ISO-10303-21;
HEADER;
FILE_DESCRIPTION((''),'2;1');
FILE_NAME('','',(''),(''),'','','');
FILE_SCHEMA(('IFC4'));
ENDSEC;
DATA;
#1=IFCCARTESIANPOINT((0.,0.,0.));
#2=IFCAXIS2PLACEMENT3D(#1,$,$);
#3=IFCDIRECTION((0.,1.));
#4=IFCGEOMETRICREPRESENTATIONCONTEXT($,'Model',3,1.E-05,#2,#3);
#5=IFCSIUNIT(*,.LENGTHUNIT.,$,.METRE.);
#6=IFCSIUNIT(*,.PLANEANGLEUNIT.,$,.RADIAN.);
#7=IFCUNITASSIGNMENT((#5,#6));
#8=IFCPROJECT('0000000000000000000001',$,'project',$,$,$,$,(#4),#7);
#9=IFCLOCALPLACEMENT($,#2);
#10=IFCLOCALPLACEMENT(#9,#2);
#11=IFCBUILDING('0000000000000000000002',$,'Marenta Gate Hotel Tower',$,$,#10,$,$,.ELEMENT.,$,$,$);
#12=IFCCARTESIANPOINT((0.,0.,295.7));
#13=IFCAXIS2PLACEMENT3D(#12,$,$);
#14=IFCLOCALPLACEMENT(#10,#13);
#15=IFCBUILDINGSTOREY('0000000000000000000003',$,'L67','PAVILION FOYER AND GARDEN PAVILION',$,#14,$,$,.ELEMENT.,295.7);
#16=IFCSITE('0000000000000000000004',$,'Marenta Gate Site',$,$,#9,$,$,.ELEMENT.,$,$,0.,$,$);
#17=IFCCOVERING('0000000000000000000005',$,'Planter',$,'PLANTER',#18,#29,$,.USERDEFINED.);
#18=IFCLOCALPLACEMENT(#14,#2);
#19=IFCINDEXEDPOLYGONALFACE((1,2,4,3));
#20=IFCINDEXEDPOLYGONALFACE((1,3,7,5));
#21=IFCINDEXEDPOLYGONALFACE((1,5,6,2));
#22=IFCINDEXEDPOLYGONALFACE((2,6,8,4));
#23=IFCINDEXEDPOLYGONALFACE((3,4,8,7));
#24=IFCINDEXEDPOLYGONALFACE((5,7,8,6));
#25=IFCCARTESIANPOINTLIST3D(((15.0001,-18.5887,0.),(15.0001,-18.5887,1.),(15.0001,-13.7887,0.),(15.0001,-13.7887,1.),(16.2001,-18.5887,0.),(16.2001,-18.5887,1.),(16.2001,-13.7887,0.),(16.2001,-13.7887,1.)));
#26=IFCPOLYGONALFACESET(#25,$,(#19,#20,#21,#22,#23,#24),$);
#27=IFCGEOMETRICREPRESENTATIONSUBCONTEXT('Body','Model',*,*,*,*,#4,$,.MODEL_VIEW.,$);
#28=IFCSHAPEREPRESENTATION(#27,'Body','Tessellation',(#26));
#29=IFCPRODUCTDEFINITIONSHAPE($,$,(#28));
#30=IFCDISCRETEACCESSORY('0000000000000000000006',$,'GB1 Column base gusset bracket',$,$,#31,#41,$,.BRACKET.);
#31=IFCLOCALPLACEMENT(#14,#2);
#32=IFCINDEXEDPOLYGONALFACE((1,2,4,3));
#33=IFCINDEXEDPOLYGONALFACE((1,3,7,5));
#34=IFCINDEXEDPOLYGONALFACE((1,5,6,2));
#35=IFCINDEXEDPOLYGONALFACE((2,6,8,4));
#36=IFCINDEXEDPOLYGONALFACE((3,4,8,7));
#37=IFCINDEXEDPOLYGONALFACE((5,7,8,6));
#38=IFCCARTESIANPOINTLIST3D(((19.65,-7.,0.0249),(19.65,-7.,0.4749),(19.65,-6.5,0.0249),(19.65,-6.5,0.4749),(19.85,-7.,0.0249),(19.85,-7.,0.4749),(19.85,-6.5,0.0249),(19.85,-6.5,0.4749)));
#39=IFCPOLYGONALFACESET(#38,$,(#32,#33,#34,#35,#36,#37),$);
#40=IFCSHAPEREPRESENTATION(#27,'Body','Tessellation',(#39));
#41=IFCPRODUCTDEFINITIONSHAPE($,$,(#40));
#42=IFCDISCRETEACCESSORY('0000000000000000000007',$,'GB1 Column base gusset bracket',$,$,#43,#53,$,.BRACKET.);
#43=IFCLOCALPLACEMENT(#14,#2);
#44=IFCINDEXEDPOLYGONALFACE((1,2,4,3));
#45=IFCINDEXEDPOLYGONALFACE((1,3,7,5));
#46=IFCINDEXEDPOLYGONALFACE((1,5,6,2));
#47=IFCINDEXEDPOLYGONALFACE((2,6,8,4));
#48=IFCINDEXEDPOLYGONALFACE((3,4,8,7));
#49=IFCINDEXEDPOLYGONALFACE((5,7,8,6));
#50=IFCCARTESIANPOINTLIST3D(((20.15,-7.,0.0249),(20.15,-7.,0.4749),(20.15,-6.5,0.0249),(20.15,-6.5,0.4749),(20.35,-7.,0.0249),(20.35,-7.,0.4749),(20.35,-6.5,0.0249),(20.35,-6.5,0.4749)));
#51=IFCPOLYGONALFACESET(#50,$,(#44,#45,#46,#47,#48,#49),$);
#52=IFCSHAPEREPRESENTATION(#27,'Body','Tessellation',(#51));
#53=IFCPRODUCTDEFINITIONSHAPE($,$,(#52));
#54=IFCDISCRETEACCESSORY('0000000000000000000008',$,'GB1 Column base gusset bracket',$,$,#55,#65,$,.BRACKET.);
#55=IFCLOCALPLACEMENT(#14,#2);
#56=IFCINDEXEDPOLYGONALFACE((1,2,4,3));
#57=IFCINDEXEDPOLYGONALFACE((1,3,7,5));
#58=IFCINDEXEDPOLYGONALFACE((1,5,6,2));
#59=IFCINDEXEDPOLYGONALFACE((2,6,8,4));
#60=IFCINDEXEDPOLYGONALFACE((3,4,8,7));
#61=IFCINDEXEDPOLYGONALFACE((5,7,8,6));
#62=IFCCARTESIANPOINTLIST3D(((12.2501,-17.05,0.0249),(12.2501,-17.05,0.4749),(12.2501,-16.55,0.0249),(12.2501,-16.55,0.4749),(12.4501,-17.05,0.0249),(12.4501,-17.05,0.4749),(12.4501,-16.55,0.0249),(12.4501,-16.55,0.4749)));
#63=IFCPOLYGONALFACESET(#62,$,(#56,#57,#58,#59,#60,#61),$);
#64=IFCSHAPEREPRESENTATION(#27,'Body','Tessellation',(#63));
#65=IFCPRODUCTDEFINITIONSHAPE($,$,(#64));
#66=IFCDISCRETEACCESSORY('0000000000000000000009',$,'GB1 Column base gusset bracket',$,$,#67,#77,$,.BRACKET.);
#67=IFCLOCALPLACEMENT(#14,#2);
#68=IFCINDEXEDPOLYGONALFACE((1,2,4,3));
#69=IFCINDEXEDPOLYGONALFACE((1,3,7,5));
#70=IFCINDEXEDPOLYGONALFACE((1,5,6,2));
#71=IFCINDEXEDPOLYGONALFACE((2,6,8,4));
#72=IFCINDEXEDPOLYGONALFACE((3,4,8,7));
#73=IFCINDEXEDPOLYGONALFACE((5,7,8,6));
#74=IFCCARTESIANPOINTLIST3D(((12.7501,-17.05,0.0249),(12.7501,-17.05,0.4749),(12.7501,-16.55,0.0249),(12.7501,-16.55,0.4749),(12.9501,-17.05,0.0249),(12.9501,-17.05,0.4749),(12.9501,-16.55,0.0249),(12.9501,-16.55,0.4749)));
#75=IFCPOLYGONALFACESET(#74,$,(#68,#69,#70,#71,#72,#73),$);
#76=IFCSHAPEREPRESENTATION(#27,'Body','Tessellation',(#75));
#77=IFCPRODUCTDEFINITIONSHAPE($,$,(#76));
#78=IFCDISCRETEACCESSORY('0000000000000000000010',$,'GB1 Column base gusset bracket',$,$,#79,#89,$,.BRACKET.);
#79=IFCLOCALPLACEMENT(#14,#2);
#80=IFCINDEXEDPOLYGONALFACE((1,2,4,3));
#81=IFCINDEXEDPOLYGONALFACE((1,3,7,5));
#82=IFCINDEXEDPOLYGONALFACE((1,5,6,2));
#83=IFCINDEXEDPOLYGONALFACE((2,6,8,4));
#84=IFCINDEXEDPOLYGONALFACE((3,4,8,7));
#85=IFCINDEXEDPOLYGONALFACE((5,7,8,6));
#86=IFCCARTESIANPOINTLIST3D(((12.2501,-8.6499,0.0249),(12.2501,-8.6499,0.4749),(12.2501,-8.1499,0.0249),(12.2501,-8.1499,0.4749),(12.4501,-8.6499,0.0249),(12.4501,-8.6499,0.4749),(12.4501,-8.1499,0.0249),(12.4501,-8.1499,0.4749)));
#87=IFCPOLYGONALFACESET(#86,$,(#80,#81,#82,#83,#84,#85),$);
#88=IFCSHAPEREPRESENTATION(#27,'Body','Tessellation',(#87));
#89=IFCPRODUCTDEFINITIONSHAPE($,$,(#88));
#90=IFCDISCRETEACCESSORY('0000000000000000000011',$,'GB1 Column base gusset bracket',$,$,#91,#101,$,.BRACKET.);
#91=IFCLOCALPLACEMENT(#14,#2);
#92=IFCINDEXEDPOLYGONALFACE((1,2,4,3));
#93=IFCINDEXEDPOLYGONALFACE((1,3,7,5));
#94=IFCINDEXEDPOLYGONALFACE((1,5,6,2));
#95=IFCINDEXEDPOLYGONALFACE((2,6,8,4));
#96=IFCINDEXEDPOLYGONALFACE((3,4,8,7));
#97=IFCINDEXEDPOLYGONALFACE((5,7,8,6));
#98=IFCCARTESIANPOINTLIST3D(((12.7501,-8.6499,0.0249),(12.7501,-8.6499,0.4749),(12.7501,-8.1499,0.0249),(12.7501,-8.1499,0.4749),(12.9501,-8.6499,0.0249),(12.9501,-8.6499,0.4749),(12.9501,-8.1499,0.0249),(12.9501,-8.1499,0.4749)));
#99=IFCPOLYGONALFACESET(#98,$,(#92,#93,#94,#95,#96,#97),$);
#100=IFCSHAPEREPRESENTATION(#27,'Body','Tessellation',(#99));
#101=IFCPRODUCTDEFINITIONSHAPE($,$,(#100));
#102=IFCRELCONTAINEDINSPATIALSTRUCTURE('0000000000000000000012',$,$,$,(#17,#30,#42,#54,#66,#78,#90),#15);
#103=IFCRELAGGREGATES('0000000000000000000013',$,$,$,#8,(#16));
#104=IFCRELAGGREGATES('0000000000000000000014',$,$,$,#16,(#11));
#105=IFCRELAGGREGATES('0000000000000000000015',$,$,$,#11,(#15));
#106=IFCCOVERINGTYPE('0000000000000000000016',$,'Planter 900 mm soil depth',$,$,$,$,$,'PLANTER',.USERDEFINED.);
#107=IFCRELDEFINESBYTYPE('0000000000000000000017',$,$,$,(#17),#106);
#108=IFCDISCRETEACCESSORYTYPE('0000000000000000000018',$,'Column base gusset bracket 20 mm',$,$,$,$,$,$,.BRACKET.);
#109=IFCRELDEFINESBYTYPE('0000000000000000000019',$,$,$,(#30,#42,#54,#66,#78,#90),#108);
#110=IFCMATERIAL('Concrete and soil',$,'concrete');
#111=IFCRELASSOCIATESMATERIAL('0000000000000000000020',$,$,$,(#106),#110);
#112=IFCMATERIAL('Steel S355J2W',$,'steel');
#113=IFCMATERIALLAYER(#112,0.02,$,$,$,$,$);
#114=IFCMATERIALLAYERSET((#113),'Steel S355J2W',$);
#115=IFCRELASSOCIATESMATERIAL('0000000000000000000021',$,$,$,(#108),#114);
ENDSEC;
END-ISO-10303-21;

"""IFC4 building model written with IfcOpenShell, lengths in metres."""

from ifc_helpers import new_model, si_unit, direction, frame, origin, origin_2d, place, context, subcontext, project, spatial, rectangle, extrude, material, layer, layer_set, type_object, element, save


model = new_model("IFC4")

# Units and contexts
model_context = context("Model", 3, precision=1e-05, world=origin(), true_north=direction((0.0, 1.0)))
body_context = subcontext(model_context, "Body", "Model", "MODEL_VIEW")
ifc_project = project(units=[si_unit("LENGTHUNIT", "METRE"), si_unit("PLANEANGLEUNIT", "RADIAN")], contexts=[model_context])

# Site, building, storey
site_placement = place(None, origin())
site = spatial("IfcSite", under=ifc_project, at=site_placement, Name="Marenta Gate Site", CompositionType="ELEMENT", RefElevation=0.0)
building_placement = place(site_placement, origin())
building = spatial("IfcBuilding", under=site, at=building_placement, Name="Marenta Gate Hotel Tower", CompositionType="ELEMENT")
storey_placement = place(building_placement, frame((0.0, 0.0, 295.7)))
storey = spatial("IfcBuildingStorey", under=building, at=storey_placement, Name="L67", Description="PAVILION FOYER AND GARDEN PAVILION", CompositionType="ELEMENT", Elevation=295.7)

# Covering
ifc_material_1 = material(Name="Concrete and soil", Category="concrete")
covering_type = type_object("IfcCoveringType", Name="Planter 900 mm soil depth", ElementType="PLANTER", PredefinedType="USERDEFINED", material=ifc_material_1)
for number, where, z_axis, x_axis, name in (
    (1, (15.6001, -16.1887, 0.0), (0.0, 0.0, 1.0), (0.0, 1.0, 0.0), "Planter"),
):
    element("IfcCovering", number, at=place(storey_placement, frame(where, z_axis=z_axis, x_axis=x_axis)), inside=storey, type_object=covering_type, Name=name, ObjectType="PLANTER", PredefinedType="USERDEFINED", context=body_context, shape_type="SweptSolid", body=[
        extrude(rectangle(XDim=4.8, YDim=1.2, at=origin_2d()), origin(), (0.0, 0.0, 1.0), 1.0),
    ])

# Discrete accessories
ifc_material_2 = material(Name="Steel S355J2W", Category="steel")
ifc_layer_1 = layer(ifc_material_2, 0.02)
ifc_layer_set_1 = layer_set([ifc_layer_1], Name="Steel S355J2W")
discrete_accessory_type = type_object("IfcDiscreteAccessoryType", Name="Column base gusset bracket 20 mm", PredefinedType="BRACKET", material=ifc_layer_set_1)
for number, where, z_axis, x_axis, name in (
    (2, (19.75, -6.75, 0.0249), (0.0, 0.0, 1.0), (1.0, 0.0, 0.0), "GB1 Column base gusset bracket"),
    (3, (20.25, -6.75, 0.0249), (0.0, 0.0, 1.0), (1.0, 0.0, 0.0), "GB1 Column base gusset bracket"),
    (4, (12.3501, -16.8, 0.0249), (0.0, 0.0, 1.0), (1.0, 0.0, 0.0), "GB1 Column base gusset bracket"),
    (5, (12.8501, -16.8, 0.0249), (0.0, 0.0, 1.0), (1.0, 0.0, 0.0), "GB1 Column base gusset bracket"),
    (6, (12.3501, -8.3999, 0.0249), (0.0, 0.0, 1.0), (1.0, 0.0, 0.0), "GB1 Column base gusset bracket"),
    (7, (12.8501, -8.3999, 0.0249), (0.0, 0.0, 1.0), (1.0, 0.0, 0.0), "GB1 Column base gusset bracket"),
):
    element("IfcDiscreteAccessory", number, at=place(storey_placement, frame(where, z_axis=z_axis, x_axis=x_axis)), inside=storey, type_object=discrete_accessory_type, Name=name, PredefinedType="BRACKET", context=body_context, shape_type="SweptSolid", body=[
        extrude(rectangle(XDim=0.2, YDim=0.5, at=origin_2d()), origin(), (0.0, 0.0, 1.0), 0.45),
    ])

save(model, "model.ifc")
